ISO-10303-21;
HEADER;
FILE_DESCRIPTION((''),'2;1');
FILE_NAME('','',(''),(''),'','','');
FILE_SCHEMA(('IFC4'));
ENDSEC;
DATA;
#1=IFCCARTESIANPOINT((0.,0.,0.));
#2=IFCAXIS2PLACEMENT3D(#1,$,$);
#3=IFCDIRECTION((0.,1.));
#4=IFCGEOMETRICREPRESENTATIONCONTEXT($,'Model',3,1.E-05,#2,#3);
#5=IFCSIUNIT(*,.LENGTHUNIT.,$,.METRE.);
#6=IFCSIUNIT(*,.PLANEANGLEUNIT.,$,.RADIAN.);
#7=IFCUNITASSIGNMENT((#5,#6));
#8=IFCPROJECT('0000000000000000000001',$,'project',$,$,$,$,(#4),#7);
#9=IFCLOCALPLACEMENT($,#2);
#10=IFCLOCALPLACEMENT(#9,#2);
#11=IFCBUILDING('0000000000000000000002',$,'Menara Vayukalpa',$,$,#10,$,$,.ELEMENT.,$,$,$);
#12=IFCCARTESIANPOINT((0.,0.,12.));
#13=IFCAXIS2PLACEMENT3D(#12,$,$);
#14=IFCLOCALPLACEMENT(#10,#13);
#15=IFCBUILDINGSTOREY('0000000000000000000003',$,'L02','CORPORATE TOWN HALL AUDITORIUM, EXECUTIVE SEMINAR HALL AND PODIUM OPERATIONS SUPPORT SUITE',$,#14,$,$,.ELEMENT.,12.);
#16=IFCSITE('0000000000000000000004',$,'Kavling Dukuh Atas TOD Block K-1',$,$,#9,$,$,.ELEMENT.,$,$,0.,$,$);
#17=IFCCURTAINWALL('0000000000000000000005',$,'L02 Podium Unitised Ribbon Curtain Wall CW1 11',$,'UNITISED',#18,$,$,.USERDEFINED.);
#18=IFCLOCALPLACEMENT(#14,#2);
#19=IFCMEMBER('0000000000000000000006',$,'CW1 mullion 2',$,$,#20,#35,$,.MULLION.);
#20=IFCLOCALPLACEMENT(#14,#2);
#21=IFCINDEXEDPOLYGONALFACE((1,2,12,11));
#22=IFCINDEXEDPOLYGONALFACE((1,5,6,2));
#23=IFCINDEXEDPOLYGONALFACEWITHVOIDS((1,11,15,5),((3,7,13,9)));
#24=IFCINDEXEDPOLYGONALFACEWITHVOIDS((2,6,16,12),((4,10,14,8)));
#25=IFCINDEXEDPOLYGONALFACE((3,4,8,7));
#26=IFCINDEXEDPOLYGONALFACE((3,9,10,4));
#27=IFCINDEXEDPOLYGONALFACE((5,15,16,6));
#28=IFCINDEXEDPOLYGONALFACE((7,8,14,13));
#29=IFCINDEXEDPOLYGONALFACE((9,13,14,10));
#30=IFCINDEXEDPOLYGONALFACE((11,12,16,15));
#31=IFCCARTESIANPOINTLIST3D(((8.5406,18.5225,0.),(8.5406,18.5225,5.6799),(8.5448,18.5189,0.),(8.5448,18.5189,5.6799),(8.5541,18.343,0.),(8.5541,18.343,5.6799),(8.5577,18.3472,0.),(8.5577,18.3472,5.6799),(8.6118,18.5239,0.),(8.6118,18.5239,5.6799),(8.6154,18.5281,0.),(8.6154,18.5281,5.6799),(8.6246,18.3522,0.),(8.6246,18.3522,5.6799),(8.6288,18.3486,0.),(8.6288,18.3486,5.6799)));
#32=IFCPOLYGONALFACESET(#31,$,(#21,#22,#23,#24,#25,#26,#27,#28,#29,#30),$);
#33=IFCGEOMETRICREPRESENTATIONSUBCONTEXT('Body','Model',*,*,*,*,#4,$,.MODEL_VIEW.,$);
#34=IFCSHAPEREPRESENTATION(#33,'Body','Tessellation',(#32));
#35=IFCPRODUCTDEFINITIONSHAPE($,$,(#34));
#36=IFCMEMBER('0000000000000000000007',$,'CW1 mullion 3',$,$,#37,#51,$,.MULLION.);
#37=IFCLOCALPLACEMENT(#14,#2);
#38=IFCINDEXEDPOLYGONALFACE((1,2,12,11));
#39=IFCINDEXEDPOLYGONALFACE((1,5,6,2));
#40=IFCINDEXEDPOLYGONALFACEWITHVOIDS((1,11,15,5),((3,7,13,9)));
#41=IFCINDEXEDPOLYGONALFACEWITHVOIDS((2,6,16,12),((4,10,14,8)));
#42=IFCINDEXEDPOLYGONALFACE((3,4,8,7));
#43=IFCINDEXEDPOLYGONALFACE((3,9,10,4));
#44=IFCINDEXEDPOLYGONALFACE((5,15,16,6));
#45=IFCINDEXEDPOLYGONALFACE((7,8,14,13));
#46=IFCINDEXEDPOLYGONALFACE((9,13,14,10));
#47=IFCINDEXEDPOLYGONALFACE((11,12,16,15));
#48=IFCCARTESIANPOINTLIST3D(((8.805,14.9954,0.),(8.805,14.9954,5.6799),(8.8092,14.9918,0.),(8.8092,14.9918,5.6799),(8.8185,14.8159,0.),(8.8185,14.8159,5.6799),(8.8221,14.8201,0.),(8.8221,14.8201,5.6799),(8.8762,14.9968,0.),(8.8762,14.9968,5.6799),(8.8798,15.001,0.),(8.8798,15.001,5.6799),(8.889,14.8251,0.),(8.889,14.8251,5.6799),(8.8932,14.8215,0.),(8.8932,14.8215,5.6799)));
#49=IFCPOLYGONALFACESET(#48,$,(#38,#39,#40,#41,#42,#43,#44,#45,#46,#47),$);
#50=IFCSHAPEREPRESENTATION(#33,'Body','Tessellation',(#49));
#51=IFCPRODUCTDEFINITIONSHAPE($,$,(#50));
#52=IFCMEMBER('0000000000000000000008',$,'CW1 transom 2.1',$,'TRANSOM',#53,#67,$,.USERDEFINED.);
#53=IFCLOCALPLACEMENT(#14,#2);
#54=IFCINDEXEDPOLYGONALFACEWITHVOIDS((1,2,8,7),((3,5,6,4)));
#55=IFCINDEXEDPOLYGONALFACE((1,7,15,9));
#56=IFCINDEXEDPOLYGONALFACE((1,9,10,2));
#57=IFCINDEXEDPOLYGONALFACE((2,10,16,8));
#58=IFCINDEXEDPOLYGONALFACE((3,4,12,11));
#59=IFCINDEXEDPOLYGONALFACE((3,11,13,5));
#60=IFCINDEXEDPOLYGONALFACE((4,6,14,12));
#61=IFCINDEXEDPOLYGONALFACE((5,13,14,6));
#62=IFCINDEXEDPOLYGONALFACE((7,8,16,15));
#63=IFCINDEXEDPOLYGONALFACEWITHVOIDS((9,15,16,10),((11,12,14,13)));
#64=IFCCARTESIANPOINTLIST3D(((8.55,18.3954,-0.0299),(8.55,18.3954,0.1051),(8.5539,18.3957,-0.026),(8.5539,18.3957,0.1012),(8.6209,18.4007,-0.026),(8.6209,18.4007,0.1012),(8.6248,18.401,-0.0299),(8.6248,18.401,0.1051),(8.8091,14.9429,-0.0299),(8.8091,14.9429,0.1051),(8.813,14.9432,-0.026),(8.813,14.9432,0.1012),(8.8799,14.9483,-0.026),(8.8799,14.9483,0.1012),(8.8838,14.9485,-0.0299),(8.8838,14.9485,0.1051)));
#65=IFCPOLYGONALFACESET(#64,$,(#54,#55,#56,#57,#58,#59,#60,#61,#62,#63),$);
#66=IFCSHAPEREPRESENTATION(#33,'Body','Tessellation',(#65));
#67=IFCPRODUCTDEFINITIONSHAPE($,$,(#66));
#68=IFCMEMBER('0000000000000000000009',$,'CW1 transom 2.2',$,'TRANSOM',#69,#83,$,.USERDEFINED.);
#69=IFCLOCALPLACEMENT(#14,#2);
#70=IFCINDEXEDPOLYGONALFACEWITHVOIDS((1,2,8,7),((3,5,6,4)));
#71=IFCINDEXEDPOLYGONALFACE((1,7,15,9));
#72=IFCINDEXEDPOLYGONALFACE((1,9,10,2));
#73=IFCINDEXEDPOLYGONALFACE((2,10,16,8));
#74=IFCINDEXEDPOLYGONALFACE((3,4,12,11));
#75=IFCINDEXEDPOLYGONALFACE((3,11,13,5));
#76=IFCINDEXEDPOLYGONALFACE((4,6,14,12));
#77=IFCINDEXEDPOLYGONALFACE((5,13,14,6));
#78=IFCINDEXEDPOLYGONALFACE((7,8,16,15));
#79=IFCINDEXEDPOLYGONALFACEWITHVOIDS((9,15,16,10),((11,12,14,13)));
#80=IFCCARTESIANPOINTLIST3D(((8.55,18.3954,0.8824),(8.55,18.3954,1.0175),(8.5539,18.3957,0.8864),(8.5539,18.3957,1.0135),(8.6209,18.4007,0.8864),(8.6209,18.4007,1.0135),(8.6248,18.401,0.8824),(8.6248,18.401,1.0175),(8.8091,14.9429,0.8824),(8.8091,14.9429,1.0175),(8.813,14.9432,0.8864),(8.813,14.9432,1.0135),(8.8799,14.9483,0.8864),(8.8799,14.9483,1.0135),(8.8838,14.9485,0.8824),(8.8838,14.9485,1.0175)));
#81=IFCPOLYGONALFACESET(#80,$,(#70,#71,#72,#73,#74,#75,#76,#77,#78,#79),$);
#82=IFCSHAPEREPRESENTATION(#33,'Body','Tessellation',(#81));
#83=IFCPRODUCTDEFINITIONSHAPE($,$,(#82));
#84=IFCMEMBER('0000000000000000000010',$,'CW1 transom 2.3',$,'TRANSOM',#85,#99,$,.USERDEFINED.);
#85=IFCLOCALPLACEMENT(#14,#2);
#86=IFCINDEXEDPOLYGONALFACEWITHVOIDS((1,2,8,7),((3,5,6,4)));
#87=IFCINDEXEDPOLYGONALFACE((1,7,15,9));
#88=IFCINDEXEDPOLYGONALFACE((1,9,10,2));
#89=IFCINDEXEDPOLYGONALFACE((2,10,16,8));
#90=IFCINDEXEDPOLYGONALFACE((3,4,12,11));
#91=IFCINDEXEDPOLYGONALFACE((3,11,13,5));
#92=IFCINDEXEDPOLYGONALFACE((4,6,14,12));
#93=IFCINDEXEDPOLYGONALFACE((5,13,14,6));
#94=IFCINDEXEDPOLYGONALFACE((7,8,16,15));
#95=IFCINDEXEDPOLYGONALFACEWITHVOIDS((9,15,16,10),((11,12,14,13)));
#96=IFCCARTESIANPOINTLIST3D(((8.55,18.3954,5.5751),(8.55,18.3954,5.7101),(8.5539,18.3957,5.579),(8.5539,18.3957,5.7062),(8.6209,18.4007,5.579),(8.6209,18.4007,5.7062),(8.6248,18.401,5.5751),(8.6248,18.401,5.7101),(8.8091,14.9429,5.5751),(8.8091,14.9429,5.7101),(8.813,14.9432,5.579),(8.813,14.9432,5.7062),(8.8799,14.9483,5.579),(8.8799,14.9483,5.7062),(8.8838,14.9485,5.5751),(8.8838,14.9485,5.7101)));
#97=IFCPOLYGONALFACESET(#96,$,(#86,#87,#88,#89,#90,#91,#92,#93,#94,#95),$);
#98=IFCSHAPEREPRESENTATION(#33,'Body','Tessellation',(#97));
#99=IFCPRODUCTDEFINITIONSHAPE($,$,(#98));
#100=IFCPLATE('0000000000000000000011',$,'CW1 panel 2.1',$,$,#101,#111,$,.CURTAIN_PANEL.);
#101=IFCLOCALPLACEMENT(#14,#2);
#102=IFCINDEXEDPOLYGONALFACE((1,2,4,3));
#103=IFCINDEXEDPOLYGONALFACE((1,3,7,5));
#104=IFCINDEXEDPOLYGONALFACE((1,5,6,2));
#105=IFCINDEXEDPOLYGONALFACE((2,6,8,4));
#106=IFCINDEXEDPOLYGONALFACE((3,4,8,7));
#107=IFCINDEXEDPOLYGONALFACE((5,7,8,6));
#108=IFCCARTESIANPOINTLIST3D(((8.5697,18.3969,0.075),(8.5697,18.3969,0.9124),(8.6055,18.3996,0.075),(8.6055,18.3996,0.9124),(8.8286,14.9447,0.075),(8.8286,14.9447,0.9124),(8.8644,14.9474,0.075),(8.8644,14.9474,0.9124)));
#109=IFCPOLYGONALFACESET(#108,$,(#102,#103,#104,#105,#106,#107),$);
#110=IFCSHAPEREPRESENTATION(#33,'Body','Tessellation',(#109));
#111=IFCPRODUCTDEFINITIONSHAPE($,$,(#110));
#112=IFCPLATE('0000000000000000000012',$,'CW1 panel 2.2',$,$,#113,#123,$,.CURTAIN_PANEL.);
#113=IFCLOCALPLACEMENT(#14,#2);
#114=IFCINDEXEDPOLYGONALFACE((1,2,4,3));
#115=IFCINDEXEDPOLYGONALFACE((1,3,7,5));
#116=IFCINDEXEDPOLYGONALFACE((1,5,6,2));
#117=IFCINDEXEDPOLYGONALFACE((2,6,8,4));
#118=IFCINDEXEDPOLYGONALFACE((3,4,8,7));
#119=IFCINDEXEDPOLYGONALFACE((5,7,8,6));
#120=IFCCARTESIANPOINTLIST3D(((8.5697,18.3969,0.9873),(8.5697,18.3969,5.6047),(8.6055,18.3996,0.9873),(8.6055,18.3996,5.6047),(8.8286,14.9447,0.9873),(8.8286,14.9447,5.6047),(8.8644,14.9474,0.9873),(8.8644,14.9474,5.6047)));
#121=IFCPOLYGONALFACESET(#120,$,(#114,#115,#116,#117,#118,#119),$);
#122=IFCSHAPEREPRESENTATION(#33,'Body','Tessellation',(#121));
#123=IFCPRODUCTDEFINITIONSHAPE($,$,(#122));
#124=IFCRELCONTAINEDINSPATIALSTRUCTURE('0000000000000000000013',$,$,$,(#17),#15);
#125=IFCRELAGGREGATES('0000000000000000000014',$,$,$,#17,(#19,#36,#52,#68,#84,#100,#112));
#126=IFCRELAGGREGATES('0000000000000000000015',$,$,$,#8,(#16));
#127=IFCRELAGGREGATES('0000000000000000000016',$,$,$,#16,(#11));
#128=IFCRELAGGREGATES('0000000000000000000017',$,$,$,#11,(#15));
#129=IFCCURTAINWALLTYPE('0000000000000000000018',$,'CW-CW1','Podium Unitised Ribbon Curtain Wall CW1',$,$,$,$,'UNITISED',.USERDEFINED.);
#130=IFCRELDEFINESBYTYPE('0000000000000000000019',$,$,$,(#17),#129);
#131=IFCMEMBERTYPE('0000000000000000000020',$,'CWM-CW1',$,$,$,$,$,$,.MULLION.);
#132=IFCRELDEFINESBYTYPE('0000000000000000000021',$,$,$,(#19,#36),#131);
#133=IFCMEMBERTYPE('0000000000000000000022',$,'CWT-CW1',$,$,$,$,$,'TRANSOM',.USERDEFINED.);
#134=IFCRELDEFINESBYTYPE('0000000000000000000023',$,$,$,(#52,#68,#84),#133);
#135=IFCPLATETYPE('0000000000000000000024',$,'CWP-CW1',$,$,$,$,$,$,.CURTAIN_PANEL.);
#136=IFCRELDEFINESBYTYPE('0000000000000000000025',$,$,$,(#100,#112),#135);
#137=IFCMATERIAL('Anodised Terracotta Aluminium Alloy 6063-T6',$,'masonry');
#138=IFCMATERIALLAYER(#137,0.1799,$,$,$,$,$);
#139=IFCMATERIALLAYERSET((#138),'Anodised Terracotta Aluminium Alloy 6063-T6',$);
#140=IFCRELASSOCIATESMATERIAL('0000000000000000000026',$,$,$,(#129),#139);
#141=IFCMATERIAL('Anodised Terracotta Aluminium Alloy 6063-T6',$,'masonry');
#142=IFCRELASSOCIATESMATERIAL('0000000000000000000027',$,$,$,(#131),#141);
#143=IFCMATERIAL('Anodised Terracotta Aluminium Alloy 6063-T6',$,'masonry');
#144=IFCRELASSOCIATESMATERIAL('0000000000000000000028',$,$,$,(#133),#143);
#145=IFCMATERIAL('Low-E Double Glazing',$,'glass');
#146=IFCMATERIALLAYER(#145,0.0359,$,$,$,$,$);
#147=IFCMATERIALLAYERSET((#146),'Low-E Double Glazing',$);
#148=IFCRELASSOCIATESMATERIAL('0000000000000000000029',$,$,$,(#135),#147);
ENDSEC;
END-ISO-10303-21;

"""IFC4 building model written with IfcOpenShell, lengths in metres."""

from ifc_helpers import new_model, si_unit, direction, frame, origin, origin_2d, place, context, subcontext, project, spatial, rectangle, hollow_rectangle, extrude, material, layer, layer_set, material_profile, profile_set, type_object, element, aggregate, save


model = new_model("IFC4")

# Units and contexts
model_context = context("Model", 3, precision=1e-05, world=origin(), true_north=direction((0.0, 1.0)))
body_context = subcontext(model_context, "Body", "Model", "MODEL_VIEW")
ifc_project = project(units=[si_unit("LENGTHUNIT", "METRE"), si_unit("PLANEANGLEUNIT", "RADIAN")], contexts=[model_context])

# Site, building, storey
site_placement = place(None, origin())
site = spatial("IfcSite", under=ifc_project, at=site_placement, Name="Kavling Dukuh Atas TOD Block K-1", CompositionType="ELEMENT", RefElevation=0.0)
building_placement = place(site_placement, origin())
building = spatial("IfcBuilding", under=site, at=building_placement, Name="Menara Vayukalpa", CompositionType="ELEMENT")
storey_placement = place(building_placement, frame((0.0, 0.0, 12.0)))
storey = spatial("IfcBuildingStorey", under=building, at=storey_placement, Name="L02", Description="CORPORATE TOWN HALL AUDITORIUM, EXECUTIVE SEMINAR HALL AND PODIUM OPERATIONS SUPPORT SUITE", CompositionType="ELEMENT", Elevation=12.0)

# Curtain wall, members, plates
ifc_material_1 = material(Name="Anodised Terracotta Aluminium Alloy 6063-T6", Category="masonry")
ifc_layer_1 = layer(ifc_material_1, 0.1799)
ifc_layer_set_1 = layer_set([ifc_layer_1], Name="Anodised Terracotta Aluminium Alloy 6063-T6")
curtain_wall_type = type_object("IfcCurtainWallType", Name="CW-CW1", Description="Podium Unitised Ribbon Curtain Wall CW1", ElementType="UNITISED", PredefinedType="USERDEFINED", material=ifc_layer_set_1)
curtain_wall_placement = place(storey_placement, origin())
curtain_wall = element("IfcCurtainWall", 1, at=curtain_wall_placement, inside=storey, type_object=curtain_wall_type, Name="L02 Podium Unitised Ribbon Curtain Wall CW1 11", ObjectType="UNITISED", PredefinedType="USERDEFINED")
ifc_material_2 = material(Name="Anodised Terracotta Aluminium Alloy 6063-T6", Category="masonry")
ifc_material_profile_1 = material_profile(ifc_material_2, hollow_rectangle(XDim=0.075, YDim=0.1799, WallThickness=0.0039, at=origin_2d()), Name="ALU 75x180x4")
ifc_profile_set_1 = profile_set([ifc_material_profile_1], Name="Anodised Terracotta Aluminium Alloy 6063-T6")
member_type_1 = type_object("IfcMemberType", Name="CWM-CW1", PredefinedType="MULLION", material=ifc_profile_set_1)
member_1_placement = place(storey_placement, frame((8.5847, 18.4355, 0.0), z_axis=(0.0, 0.0, 1.0), x_axis=(0.997199, 0.074794, 0.0)))
member_1 = element("IfcMember", 2, at=member_1_placement, type_object=member_type_1, Name="CW1 mullion 2", PredefinedType="MULLION", context=body_context, shape_type="SweptSolid", body=[
    extrude(hollow_rectangle(XDim=0.075, YDim=0.1799, WallThickness=0.0039, at=origin_2d()), origin(), (0.0, 0.0, 1.0), 5.6799),
])
member_2_placement = place(storey_placement, frame((8.8491, 14.9084, 0.0), z_axis=(0.0, 0.0, 1.0), x_axis=(0.997199, 0.074794, 0.0)))
member_2 = element("IfcMember", 3, at=member_2_placement, type_object=member_type_1, Name="CW1 mullion 3", PredefinedType="MULLION", context=body_context, shape_type="SweptSolid", body=[
    extrude(hollow_rectangle(XDim=0.075, YDim=0.1799, WallThickness=0.0039, at=origin_2d()), origin(), (0.0, 0.0, 1.0), 5.6799),
])
ifc_material_3 = material(Name="Anodised Terracotta Aluminium Alloy 6063-T6", Category="masonry")
ifc_material_profile_2 = material_profile(ifc_material_3, hollow_rectangle(XDim=0.075, YDim=0.135, WallThickness=0.0039, at=origin_2d()), Name="ALU 75x135x4")
ifc_profile_set_2 = profile_set([ifc_material_profile_2], Name="Anodised Terracotta Aluminium Alloy 6063-T6")
member_type_2 = type_object("IfcMemberType", Name="CWT-CW1", ElementType="TRANSOM", PredefinedType="USERDEFINED", material=ifc_profile_set_2)
member_3_placement = place(storey_placement, frame((8.5874, 18.3982, 0.0376), z_axis=(0.07482, -0.997197, 0.0), x_axis=(0.997197, 0.07482, 0.0)))
member_3 = element("IfcMember", 4, at=member_3_placement, type_object=member_type_2, Name="CW1 transom 2.1", ObjectType="TRANSOM", PredefinedType="USERDEFINED", context=body_context, shape_type="SweptSolid", body=[
    extrude(hollow_rectangle(XDim=0.075, YDim=0.135, WallThickness=0.0039, at=origin_2d()), origin(), (0.0, 0.0, 1.0), 3.4622),
])
member_4_placement = place(storey_placement, frame((8.5874, 18.3982, 0.95), z_axis=(0.07482, -0.997197, 0.0), x_axis=(0.997197, 0.07482, 0.0)))
member_4 = element("IfcMember", 5, at=member_4_placement, type_object=member_type_2, Name="CW1 transom 2.2", ObjectType="TRANSOM", PredefinedType="USERDEFINED", context=body_context, shape_type="SweptSolid", body=[
    extrude(hollow_rectangle(XDim=0.075, YDim=0.135, WallThickness=0.0039, at=origin_2d()), origin(), (0.0, 0.0, 1.0), 3.4622),
])
member_5_placement = place(storey_placement, frame((8.5874, 18.3982, 5.6426), z_axis=(0.07482, -0.997197, 0.0), x_axis=(0.997197, 0.07482, 0.0)))
member_5 = element("IfcMember", 6, at=member_5_placement, type_object=member_type_2, Name="CW1 transom 2.3", ObjectType="TRANSOM", PredefinedType="USERDEFINED", context=body_context, shape_type="SweptSolid", body=[
    extrude(hollow_rectangle(XDim=0.075, YDim=0.135, WallThickness=0.0039, at=origin_2d()), origin(), (0.0, 0.0, 1.0), 3.4622),
])
ifc_material_4 = material(Name="Low-E Double Glazing", Category="glass")
ifc_layer_2 = layer(ifc_material_4, 0.0359)
ifc_layer_set_2 = layer_set([ifc_layer_2], Name="Low-E Double Glazing")
plate_type = type_object("IfcPlateType", Name="CWP-CW1", PredefinedType="CURTAIN_PANEL", material=ifc_layer_set_2)
plate_1_placement = place(storey_placement, frame((8.717, 16.6721, 0.075), z_axis=(0.0, 0.0, 1.0), x_axis=(0.074794, -0.997199, 0.0)))
plate_1 = element("IfcPlate", 7, at=plate_1_placement, type_object=plate_type, Name="CW1 panel 2.1", PredefinedType="CURTAIN_PANEL", context=body_context, shape_type="SweptSolid", body=[
    extrude(rectangle(XDim=3.4619, YDim=0.0359, at=origin_2d()), origin(), (0.0, 0.0, 1.0), 0.8374),
])
plate_2_placement = place(storey_placement, frame((8.717, 16.6721, 0.9873), z_axis=(0.0, 0.0, 1.0), x_axis=(0.074794, -0.997199, 0.0)))
plate_2 = element("IfcPlate", 8, at=plate_2_placement, type_object=plate_type, Name="CW1 panel 2.2", PredefinedType="CURTAIN_PANEL", context=body_context, shape_type="SweptSolid", body=[
    extrude(rectangle(XDim=3.4619, YDim=0.0359, at=origin_2d()), origin(), (0.0, 0.0, 1.0), 4.6174),
])
aggregate(curtain_wall, [member_1, member_2, member_3, member_4, member_5, plate_1, plate_2])

save(model, "model.ifc")
